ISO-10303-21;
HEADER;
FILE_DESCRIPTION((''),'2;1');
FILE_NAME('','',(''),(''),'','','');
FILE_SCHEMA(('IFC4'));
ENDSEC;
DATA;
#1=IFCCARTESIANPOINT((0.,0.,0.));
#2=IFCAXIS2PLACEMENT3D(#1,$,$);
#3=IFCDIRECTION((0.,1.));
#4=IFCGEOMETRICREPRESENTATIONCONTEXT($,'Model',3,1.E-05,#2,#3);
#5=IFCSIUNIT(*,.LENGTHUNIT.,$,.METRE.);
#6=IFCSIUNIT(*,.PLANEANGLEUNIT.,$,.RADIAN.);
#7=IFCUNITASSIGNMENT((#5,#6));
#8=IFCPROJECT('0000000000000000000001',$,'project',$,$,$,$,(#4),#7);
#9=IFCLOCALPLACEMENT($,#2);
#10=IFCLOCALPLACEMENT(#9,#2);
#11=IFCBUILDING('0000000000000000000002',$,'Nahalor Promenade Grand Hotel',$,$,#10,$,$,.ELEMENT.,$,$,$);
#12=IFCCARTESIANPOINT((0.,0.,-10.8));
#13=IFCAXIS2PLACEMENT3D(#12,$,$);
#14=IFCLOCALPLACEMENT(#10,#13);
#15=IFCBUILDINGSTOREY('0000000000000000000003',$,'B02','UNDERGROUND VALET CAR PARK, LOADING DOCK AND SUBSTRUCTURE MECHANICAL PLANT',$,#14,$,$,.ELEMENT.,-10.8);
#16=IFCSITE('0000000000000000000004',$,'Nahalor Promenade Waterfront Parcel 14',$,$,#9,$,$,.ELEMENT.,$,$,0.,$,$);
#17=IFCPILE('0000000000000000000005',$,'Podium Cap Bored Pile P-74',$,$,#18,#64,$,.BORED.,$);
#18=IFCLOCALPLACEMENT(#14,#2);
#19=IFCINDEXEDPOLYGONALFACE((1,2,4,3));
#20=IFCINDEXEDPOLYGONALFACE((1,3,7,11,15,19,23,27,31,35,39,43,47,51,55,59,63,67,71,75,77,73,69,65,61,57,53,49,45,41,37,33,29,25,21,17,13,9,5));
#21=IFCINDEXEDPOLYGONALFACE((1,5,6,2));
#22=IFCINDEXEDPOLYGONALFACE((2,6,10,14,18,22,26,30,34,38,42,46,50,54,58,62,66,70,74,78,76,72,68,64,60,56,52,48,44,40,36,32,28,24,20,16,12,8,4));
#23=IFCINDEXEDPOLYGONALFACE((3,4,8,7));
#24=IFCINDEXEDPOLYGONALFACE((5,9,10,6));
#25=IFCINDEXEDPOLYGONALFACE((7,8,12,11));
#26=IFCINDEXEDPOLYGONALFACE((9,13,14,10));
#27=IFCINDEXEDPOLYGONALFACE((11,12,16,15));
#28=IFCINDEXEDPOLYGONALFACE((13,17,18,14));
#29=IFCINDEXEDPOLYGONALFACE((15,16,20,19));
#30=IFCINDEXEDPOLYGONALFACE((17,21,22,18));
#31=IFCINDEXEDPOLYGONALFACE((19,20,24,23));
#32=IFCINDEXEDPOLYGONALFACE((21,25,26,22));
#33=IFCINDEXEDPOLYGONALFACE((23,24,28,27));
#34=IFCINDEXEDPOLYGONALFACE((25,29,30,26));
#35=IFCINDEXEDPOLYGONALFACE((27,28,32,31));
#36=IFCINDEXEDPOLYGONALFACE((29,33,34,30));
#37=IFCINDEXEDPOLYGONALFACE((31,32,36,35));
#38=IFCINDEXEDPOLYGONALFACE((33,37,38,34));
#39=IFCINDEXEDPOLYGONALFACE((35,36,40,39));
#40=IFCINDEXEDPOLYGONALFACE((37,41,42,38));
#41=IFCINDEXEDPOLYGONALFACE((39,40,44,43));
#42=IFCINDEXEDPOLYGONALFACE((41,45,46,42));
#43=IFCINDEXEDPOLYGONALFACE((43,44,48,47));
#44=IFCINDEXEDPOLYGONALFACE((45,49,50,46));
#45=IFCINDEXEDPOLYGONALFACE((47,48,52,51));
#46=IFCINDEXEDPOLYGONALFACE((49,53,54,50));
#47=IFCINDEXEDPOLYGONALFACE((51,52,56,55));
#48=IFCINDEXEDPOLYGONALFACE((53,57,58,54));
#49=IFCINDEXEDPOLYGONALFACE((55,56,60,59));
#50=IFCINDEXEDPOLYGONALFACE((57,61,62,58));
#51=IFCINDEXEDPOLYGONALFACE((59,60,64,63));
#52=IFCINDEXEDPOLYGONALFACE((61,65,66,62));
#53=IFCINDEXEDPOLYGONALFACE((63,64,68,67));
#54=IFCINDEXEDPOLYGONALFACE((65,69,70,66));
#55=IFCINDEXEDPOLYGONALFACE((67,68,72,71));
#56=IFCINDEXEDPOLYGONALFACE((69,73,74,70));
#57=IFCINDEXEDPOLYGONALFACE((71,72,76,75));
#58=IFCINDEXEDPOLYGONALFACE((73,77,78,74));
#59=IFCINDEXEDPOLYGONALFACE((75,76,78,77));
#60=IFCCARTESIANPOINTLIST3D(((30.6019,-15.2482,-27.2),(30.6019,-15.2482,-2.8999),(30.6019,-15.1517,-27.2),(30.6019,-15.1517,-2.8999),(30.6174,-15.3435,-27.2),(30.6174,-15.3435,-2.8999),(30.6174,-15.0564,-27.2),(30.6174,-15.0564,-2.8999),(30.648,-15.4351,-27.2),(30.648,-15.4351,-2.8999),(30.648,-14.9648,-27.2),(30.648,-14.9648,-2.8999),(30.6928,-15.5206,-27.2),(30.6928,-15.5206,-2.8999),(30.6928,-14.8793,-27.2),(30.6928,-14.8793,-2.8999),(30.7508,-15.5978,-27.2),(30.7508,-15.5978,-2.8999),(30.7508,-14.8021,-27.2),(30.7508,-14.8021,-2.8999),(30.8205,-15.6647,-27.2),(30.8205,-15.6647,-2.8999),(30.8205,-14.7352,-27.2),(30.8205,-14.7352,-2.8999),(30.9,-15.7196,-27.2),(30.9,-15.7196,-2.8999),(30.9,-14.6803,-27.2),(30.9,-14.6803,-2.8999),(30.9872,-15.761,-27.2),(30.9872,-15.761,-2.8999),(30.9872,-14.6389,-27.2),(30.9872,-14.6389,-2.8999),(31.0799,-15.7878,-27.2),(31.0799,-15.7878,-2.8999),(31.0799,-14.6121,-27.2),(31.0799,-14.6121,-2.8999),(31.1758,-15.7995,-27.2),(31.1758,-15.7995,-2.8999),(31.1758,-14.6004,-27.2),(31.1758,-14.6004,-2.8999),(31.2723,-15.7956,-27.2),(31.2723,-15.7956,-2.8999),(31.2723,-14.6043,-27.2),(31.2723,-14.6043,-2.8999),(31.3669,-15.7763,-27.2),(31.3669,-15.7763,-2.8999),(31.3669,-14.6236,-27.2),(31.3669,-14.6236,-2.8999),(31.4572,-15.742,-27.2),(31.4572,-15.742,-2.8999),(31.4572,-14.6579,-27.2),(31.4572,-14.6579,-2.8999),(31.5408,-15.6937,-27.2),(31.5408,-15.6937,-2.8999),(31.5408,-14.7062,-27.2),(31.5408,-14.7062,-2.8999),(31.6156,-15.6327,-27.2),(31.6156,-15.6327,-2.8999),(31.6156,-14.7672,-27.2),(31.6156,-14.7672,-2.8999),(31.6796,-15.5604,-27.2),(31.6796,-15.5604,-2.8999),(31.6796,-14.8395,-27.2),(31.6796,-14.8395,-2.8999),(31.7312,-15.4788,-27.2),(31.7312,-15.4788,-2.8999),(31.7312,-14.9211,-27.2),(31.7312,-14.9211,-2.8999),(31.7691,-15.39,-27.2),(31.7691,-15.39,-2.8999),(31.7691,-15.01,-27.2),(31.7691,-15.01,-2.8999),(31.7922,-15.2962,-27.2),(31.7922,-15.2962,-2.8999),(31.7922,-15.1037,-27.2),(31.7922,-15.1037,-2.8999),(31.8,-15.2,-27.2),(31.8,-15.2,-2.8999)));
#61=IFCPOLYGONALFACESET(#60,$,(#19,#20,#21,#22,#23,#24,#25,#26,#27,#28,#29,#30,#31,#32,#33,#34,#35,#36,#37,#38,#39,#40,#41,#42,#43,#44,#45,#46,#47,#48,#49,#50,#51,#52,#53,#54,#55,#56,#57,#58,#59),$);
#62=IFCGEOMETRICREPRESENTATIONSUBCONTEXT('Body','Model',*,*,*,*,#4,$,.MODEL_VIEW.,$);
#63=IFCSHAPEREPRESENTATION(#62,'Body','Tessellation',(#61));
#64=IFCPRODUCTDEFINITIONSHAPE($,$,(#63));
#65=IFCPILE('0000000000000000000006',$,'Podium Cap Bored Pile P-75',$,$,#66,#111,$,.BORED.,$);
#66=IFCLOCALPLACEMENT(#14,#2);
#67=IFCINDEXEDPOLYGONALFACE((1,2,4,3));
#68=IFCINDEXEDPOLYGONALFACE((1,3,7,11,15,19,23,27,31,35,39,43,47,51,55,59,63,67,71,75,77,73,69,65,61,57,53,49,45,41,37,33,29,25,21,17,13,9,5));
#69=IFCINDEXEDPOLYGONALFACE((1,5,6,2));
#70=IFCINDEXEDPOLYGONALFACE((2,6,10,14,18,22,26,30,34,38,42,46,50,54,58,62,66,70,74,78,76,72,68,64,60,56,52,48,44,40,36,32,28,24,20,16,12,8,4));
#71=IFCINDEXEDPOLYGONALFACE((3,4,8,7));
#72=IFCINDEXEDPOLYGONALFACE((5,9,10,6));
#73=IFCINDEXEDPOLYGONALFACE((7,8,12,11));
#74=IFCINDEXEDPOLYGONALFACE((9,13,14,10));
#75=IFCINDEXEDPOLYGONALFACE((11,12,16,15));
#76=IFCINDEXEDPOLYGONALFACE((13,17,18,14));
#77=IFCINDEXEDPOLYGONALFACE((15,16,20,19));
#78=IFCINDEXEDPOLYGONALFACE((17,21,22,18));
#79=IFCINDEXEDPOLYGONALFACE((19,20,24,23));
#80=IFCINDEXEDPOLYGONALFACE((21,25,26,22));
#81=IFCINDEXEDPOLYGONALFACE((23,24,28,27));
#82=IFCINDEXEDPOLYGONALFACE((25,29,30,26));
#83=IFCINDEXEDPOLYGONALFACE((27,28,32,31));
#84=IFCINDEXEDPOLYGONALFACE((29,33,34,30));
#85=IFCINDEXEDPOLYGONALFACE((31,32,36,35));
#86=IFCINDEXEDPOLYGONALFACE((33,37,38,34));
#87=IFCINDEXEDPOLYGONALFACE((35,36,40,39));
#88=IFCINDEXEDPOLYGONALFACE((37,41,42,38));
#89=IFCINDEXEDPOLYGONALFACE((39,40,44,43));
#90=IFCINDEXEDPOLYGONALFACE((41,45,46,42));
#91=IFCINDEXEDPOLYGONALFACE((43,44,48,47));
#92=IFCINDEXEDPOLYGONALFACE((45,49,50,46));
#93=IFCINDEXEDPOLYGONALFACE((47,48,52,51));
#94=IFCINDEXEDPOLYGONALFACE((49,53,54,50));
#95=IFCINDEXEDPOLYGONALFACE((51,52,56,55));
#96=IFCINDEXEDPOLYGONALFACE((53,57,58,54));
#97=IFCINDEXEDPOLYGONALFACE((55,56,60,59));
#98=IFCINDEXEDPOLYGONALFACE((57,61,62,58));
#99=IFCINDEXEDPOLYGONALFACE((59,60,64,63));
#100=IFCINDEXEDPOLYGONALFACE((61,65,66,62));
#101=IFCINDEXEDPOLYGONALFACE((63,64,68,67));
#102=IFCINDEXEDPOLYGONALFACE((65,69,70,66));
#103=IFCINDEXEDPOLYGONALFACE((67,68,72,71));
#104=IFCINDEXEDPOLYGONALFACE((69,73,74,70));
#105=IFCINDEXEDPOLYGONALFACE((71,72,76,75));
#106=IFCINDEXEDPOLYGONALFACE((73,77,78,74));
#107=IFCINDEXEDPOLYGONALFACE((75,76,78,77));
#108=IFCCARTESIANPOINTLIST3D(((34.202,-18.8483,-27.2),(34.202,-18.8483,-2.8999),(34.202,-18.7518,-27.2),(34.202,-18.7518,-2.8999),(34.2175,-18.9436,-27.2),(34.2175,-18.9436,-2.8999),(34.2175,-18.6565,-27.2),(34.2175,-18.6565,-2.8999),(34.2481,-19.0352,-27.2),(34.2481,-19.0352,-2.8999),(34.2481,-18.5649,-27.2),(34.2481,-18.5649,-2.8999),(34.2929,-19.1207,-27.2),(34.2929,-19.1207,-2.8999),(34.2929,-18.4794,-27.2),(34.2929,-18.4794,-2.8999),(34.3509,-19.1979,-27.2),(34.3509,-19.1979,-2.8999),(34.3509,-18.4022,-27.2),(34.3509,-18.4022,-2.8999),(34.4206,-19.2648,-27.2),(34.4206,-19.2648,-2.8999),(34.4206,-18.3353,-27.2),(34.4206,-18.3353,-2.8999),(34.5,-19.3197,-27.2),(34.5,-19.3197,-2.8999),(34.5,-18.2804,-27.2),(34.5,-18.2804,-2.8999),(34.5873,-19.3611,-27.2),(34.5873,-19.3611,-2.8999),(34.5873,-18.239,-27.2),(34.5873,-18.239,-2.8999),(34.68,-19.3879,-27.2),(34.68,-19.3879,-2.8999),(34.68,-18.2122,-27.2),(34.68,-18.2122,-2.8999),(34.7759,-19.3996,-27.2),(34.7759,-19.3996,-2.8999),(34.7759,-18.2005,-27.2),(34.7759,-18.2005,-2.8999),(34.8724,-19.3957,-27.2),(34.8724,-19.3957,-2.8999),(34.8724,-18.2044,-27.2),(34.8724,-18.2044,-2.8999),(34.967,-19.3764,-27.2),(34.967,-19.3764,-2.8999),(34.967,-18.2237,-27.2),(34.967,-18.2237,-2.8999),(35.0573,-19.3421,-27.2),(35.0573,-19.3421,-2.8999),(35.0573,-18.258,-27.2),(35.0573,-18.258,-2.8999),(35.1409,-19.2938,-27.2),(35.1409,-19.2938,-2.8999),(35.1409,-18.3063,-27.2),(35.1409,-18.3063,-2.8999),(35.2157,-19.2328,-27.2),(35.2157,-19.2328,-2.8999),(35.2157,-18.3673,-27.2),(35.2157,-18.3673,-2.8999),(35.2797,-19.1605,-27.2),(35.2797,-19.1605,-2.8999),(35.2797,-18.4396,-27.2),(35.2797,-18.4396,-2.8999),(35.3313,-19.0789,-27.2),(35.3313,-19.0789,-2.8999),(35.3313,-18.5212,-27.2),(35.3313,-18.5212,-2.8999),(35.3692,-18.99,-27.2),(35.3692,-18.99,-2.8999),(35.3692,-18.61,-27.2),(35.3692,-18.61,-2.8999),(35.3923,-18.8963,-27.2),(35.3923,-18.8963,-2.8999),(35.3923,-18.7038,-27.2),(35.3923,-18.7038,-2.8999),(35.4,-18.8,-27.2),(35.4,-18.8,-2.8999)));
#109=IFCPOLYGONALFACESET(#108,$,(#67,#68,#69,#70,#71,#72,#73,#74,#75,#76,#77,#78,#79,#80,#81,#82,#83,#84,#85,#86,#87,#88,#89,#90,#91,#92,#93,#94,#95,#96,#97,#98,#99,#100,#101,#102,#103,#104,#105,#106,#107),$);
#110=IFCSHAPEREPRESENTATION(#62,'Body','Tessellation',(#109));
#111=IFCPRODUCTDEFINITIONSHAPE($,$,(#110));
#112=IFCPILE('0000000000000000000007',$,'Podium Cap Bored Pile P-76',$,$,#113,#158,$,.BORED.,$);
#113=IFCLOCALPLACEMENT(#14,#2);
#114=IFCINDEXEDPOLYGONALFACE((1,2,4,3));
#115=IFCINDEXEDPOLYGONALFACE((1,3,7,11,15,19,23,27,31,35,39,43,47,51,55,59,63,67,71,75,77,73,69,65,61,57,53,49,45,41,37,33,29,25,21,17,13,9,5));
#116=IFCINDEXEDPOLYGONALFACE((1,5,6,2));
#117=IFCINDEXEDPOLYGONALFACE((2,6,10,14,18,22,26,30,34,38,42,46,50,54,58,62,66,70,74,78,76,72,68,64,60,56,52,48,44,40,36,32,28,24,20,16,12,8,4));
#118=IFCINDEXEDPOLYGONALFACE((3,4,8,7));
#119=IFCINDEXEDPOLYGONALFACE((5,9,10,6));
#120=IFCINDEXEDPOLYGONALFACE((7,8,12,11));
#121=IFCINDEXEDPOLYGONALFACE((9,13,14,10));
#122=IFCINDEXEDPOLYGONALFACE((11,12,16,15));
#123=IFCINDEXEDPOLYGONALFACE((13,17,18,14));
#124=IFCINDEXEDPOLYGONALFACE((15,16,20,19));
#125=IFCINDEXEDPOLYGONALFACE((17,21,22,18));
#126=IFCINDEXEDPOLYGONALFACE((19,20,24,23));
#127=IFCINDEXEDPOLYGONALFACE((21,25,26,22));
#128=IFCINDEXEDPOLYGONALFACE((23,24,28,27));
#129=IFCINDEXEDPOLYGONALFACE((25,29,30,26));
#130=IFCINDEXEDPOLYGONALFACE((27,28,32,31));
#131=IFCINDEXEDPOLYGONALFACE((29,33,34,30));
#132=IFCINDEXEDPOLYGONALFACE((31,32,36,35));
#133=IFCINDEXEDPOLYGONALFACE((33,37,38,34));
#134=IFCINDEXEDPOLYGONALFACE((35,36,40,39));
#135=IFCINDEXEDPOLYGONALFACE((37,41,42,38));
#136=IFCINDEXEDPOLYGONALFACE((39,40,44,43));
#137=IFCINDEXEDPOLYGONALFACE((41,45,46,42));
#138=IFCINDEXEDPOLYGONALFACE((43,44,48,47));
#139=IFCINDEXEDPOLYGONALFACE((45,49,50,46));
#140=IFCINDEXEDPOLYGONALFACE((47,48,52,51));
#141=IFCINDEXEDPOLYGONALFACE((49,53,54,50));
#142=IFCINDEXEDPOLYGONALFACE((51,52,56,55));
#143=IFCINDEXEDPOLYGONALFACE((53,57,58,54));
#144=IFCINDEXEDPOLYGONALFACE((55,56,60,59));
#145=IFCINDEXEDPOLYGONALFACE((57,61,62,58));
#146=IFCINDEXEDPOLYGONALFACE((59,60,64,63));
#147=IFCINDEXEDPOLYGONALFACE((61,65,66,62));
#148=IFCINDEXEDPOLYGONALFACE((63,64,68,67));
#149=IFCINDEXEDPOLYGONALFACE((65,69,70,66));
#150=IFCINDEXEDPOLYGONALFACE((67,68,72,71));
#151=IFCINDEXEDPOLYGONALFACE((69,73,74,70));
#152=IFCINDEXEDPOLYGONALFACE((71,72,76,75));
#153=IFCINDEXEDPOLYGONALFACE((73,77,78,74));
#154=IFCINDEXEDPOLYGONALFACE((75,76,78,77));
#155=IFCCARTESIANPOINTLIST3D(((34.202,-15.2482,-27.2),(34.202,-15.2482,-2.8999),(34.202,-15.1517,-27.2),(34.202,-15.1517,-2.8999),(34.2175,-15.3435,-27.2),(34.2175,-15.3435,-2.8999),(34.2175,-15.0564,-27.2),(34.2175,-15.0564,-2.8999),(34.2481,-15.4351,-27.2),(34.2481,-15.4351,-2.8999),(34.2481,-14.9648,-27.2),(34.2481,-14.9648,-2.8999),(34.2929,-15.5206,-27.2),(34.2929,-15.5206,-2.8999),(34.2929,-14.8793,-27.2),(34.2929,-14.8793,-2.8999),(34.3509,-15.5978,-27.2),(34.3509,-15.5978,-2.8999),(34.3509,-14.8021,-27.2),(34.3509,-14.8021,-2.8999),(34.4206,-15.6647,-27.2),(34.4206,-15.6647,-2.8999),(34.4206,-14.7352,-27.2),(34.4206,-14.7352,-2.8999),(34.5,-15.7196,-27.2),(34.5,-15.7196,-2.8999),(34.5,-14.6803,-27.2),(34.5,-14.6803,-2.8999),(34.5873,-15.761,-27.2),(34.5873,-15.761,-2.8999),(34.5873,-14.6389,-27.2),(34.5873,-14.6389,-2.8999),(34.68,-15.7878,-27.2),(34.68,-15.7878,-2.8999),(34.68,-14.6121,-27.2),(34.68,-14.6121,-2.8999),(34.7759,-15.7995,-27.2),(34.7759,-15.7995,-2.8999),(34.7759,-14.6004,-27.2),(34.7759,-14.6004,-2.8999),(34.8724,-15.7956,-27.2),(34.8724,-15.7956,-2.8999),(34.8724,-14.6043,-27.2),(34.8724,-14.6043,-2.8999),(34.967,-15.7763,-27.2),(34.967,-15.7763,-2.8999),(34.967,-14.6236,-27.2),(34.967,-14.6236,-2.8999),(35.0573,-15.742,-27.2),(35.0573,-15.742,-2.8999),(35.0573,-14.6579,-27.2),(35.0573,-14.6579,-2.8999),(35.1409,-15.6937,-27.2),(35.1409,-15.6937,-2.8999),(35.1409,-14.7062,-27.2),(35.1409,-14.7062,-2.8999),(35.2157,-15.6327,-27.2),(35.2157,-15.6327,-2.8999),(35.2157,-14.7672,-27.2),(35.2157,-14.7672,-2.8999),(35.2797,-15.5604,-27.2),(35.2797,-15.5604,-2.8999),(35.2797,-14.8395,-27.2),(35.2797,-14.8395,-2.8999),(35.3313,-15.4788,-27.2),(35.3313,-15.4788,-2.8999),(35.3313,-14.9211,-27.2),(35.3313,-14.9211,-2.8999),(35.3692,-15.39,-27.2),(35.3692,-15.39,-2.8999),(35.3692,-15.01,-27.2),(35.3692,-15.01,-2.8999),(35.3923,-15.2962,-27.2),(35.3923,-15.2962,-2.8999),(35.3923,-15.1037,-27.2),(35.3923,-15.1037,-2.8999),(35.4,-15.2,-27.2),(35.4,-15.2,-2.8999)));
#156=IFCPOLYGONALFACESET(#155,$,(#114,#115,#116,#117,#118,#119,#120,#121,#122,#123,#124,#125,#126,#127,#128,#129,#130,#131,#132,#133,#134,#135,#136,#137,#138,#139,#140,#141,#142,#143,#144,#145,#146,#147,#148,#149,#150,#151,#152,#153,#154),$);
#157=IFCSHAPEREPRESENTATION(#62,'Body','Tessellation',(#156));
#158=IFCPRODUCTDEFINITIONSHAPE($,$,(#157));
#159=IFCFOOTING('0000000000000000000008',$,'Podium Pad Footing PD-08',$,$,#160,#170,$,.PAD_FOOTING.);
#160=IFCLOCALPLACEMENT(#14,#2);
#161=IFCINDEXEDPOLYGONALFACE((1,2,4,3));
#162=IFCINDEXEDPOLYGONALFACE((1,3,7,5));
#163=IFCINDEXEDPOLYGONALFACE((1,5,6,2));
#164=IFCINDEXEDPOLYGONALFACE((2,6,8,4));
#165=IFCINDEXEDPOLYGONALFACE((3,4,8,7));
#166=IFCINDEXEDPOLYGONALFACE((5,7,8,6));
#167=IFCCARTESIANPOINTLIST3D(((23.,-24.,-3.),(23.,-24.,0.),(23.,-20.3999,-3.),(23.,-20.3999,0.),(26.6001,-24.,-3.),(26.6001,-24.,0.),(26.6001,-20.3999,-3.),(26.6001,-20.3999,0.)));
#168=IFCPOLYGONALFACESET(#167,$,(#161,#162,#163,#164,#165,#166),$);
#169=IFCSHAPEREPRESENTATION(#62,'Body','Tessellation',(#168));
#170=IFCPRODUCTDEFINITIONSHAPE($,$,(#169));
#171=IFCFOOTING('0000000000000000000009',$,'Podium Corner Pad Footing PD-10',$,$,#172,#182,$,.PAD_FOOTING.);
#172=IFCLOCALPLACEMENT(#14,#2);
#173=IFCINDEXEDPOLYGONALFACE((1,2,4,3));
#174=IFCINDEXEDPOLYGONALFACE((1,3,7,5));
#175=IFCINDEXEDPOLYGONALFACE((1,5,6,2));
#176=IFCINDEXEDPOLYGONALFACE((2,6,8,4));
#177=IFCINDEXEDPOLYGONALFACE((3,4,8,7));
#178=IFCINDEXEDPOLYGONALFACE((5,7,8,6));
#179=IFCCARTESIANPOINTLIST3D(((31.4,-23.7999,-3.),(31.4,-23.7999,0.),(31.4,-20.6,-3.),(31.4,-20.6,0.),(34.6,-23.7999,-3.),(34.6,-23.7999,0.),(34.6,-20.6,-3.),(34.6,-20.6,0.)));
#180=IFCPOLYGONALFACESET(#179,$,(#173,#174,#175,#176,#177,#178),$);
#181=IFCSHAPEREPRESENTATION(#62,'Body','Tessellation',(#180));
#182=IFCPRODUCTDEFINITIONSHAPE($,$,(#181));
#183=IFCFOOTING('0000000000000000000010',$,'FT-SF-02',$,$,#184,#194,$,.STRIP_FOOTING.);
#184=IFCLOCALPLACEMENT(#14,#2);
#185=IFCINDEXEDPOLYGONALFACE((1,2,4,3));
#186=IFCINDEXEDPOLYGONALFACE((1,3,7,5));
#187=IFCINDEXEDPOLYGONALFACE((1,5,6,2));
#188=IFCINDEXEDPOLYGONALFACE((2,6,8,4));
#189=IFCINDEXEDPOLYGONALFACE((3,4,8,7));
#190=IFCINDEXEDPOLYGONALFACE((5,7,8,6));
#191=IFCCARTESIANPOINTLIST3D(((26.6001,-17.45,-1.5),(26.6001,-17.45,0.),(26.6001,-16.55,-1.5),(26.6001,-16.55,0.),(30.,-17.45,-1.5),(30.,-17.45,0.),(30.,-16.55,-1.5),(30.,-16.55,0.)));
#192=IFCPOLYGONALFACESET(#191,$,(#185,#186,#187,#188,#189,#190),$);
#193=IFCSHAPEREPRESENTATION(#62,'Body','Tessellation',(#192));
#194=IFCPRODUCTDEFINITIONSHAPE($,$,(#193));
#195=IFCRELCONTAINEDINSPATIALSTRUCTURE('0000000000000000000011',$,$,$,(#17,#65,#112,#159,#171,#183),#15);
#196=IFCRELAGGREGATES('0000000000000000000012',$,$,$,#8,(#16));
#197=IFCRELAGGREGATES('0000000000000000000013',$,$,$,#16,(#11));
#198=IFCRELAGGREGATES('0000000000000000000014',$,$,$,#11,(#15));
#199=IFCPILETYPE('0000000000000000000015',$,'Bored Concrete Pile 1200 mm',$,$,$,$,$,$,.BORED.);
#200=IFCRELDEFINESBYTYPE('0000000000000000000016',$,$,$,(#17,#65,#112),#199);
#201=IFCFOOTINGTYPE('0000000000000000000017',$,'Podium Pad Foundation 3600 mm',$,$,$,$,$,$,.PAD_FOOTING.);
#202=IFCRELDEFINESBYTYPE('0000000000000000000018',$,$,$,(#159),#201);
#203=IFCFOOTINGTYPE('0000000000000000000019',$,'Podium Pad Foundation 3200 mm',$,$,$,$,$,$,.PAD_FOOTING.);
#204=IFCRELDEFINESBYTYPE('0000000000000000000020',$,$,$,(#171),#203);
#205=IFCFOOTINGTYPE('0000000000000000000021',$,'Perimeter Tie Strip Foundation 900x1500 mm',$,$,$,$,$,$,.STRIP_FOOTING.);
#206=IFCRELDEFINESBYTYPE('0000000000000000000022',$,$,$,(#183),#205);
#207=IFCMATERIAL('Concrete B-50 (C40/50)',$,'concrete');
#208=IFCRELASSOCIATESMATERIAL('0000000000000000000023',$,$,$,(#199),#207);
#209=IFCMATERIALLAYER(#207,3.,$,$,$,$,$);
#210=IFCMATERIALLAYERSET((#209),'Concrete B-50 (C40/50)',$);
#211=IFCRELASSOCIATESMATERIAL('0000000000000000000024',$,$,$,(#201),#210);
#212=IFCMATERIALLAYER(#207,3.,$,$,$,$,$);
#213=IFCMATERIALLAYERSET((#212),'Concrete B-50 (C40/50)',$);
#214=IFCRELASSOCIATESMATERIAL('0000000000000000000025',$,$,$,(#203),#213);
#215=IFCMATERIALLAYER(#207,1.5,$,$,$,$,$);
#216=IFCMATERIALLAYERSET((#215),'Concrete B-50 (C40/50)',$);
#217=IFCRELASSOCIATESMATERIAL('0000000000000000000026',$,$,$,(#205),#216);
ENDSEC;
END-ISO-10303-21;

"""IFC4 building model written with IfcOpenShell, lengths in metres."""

from ifc_helpers import new_model, si_unit, direction, frame, origin, origin_2d, place, context, subcontext, project, spatial, rectangle, circle, extrude, source, transform, mapped, material, layer, layer_set, material_profile, profile_set, type_object, element, save


model = new_model("IFC4")

# Units and contexts
model_context = context("Model", 3, precision=1e-05, world=origin(), true_north=direction((0.0, 1.0)))
body_context = subcontext(model_context, "Body", "Model", "MODEL_VIEW")
ifc_project = project(units=[si_unit("LENGTHUNIT", "METRE"), si_unit("PLANEANGLEUNIT", "RADIAN")], contexts=[model_context])

# Site, building, storey
site_placement = place(None, origin())
site = spatial("IfcSite", under=ifc_project, at=site_placement, Name="Nahalor Promenade Waterfront Parcel 14", CompositionType="ELEMENT", RefElevation=0.0)
building_placement = place(site_placement, origin())
building = spatial("IfcBuilding", under=site, at=building_placement, Name="Nahalor Promenade Grand Hotel", CompositionType="ELEMENT")
storey_placement = place(building_placement, frame((0.0, 0.0, -10.8)))
storey = spatial("IfcBuildingStorey", under=building, at=storey_placement, Name="B02", Description="UNDERGROUND VALET CAR PARK, LOADING DOCK AND SUBSTRUCTURE MECHANICAL PLANT", CompositionType="ELEMENT", Elevation=-10.8)

# Shared definitions
ifc_material_1 = material(Name="Concrete B-50 (C40/50)", Category="concrete")

# Piles
ifc_material_profile_1 = material_profile(ifc_material_1, circle(Radius=0.6, at=origin_2d()), Name="PILE D1200")
ifc_profile_set_1 = profile_set([ifc_material_profile_1], Name="Concrete B-50 (C40/50)")
pile_type_1 = type_object("IfcPileType", Name="Bored Concrete Pile 1200 mm", PredefinedType="BORED", material=ifc_profile_set_1)
shared_shape_1 = source(origin(), body_context, "Body", "SweptSolid", [
    extrude(circle(Radius=0.6, at=origin_2d()), origin(), (0.0, 0.0, 1.0), 24.3),
])
for number, where, z_axis, x_axis, name in (
    (1, (31.2, -15.2, -2.8999), (0.0, 0.0, -1.0), (1.0, 0.0, 0.0), "Podium Cap Bored Pile P-74"),
    (2, (34.8, -18.8, -2.8999), (0.0, 0.0, -1.0), (1.0, 0.0, 0.0), "Podium Cap Bored Pile P-75"),
    (3, (34.8, -15.2, -2.8999), (0.0, 0.0, -1.0), (1.0, 0.0, 0.0), "Podium Cap Bored Pile P-76"),
):
    element("IfcPile", number, at=place(storey_placement, frame(where, z_axis=z_axis, x_axis=x_axis)), inside=storey, type_object=pile_type_1, Name=name, PredefinedType="BORED", context=body_context, shape_type="MappedRepresentation", body=[
        mapped(shared_shape_1, transform((0.0, 0.0, 0.0), scale=1.0)),
    ])

# Footings
ifc_layer_1 = layer(ifc_material_1, 3.0)
ifc_layer_set_1 = layer_set([ifc_layer_1], Name="Concrete B-50 (C40/50)")
footing_type_1 = type_object("IfcFootingType", Name="Podium Pad Foundation 3600 mm", PredefinedType="PAD_FOOTING", material=ifc_layer_set_1)
shared_shape_2 = source(origin(), body_context, "Body", "SweptSolid", [
    extrude(rectangle(XDim=3.6001, YDim=3.6001, at=origin_2d()), origin(), (0.0, 0.0, 1.0), 3.0),
])
footing_1_placement = place(storey_placement, frame((24.8, -22.2, -3.0), z_axis=(0.0, 0.0, 1.0), x_axis=(1.0, 0.0, 0.0)))
element("IfcFooting", 4, at=footing_1_placement, inside=storey, type_object=footing_type_1, Name="Podium Pad Footing PD-08", PredefinedType="PAD_FOOTING", context=body_context, shape_type="MappedRepresentation", body=[
    mapped(shared_shape_2, transform((0.0, 0.0, 0.0), scale=1.0)),
])
ifc_layer_2 = layer(ifc_material_1, 3.0)
ifc_layer_set_2 = layer_set([ifc_layer_2], Name="Concrete B-50 (C40/50)")
footing_type_2 = type_object("IfcFootingType", Name="Podium Pad Foundation 3200 mm", PredefinedType="PAD_FOOTING", material=ifc_layer_set_2)
shared_shape_3 = source(origin(), body_context, "Body", "SweptSolid", [
    extrude(rectangle(XDim=3.2, YDim=3.2, at=origin_2d()), origin(), (0.0, 0.0, 1.0), 3.0),
])
footing_2_placement = place(storey_placement, frame((33.0, -22.2, -3.0), z_axis=(0.0, 0.0, 1.0), x_axis=(1.0, 0.0, 0.0)))
element("IfcFooting", 5, at=footing_2_placement, inside=storey, type_object=footing_type_2, Name="Podium Corner Pad Footing PD-10", PredefinedType="PAD_FOOTING", context=body_context, shape_type="MappedRepresentation", body=[
    mapped(shared_shape_3, transform((0.0, 0.0, 0.0), scale=1.0)),
])
ifc_layer_3 = layer(ifc_material_1, 1.5)
ifc_layer_set_3 = layer_set([ifc_layer_3], Name="Concrete B-50 (C40/50)")
footing_type_3 = type_object("IfcFootingType", Name="Perimeter Tie Strip Foundation 900x1500 mm", PredefinedType="STRIP_FOOTING", material=ifc_layer_set_3)
shared_shape_4 = source(origin(), body_context, "Body", "SweptSolid", [
    extrude(rectangle(XDim=3.3999, YDim=0.8999, at=origin_2d()), origin(), (0.0, 0.0, 1.0), 1.5),
])
footing_3_placement = place(storey_placement, frame((28.3, -17.0, -1.5), z_axis=(0.0, 0.0, 1.0), x_axis=(1.0, 0.0, 0.0)))
element("IfcFooting", 6, at=footing_3_placement, inside=storey, type_object=footing_type_3, Name="FT-SF-02", PredefinedType="STRIP_FOOTING", context=body_context, shape_type="MappedRepresentation", body=[
    mapped(shared_shape_4, transform((0.0, 0.0, 0.0), scale=1.0)),
])

save(model, "model.ifc")
